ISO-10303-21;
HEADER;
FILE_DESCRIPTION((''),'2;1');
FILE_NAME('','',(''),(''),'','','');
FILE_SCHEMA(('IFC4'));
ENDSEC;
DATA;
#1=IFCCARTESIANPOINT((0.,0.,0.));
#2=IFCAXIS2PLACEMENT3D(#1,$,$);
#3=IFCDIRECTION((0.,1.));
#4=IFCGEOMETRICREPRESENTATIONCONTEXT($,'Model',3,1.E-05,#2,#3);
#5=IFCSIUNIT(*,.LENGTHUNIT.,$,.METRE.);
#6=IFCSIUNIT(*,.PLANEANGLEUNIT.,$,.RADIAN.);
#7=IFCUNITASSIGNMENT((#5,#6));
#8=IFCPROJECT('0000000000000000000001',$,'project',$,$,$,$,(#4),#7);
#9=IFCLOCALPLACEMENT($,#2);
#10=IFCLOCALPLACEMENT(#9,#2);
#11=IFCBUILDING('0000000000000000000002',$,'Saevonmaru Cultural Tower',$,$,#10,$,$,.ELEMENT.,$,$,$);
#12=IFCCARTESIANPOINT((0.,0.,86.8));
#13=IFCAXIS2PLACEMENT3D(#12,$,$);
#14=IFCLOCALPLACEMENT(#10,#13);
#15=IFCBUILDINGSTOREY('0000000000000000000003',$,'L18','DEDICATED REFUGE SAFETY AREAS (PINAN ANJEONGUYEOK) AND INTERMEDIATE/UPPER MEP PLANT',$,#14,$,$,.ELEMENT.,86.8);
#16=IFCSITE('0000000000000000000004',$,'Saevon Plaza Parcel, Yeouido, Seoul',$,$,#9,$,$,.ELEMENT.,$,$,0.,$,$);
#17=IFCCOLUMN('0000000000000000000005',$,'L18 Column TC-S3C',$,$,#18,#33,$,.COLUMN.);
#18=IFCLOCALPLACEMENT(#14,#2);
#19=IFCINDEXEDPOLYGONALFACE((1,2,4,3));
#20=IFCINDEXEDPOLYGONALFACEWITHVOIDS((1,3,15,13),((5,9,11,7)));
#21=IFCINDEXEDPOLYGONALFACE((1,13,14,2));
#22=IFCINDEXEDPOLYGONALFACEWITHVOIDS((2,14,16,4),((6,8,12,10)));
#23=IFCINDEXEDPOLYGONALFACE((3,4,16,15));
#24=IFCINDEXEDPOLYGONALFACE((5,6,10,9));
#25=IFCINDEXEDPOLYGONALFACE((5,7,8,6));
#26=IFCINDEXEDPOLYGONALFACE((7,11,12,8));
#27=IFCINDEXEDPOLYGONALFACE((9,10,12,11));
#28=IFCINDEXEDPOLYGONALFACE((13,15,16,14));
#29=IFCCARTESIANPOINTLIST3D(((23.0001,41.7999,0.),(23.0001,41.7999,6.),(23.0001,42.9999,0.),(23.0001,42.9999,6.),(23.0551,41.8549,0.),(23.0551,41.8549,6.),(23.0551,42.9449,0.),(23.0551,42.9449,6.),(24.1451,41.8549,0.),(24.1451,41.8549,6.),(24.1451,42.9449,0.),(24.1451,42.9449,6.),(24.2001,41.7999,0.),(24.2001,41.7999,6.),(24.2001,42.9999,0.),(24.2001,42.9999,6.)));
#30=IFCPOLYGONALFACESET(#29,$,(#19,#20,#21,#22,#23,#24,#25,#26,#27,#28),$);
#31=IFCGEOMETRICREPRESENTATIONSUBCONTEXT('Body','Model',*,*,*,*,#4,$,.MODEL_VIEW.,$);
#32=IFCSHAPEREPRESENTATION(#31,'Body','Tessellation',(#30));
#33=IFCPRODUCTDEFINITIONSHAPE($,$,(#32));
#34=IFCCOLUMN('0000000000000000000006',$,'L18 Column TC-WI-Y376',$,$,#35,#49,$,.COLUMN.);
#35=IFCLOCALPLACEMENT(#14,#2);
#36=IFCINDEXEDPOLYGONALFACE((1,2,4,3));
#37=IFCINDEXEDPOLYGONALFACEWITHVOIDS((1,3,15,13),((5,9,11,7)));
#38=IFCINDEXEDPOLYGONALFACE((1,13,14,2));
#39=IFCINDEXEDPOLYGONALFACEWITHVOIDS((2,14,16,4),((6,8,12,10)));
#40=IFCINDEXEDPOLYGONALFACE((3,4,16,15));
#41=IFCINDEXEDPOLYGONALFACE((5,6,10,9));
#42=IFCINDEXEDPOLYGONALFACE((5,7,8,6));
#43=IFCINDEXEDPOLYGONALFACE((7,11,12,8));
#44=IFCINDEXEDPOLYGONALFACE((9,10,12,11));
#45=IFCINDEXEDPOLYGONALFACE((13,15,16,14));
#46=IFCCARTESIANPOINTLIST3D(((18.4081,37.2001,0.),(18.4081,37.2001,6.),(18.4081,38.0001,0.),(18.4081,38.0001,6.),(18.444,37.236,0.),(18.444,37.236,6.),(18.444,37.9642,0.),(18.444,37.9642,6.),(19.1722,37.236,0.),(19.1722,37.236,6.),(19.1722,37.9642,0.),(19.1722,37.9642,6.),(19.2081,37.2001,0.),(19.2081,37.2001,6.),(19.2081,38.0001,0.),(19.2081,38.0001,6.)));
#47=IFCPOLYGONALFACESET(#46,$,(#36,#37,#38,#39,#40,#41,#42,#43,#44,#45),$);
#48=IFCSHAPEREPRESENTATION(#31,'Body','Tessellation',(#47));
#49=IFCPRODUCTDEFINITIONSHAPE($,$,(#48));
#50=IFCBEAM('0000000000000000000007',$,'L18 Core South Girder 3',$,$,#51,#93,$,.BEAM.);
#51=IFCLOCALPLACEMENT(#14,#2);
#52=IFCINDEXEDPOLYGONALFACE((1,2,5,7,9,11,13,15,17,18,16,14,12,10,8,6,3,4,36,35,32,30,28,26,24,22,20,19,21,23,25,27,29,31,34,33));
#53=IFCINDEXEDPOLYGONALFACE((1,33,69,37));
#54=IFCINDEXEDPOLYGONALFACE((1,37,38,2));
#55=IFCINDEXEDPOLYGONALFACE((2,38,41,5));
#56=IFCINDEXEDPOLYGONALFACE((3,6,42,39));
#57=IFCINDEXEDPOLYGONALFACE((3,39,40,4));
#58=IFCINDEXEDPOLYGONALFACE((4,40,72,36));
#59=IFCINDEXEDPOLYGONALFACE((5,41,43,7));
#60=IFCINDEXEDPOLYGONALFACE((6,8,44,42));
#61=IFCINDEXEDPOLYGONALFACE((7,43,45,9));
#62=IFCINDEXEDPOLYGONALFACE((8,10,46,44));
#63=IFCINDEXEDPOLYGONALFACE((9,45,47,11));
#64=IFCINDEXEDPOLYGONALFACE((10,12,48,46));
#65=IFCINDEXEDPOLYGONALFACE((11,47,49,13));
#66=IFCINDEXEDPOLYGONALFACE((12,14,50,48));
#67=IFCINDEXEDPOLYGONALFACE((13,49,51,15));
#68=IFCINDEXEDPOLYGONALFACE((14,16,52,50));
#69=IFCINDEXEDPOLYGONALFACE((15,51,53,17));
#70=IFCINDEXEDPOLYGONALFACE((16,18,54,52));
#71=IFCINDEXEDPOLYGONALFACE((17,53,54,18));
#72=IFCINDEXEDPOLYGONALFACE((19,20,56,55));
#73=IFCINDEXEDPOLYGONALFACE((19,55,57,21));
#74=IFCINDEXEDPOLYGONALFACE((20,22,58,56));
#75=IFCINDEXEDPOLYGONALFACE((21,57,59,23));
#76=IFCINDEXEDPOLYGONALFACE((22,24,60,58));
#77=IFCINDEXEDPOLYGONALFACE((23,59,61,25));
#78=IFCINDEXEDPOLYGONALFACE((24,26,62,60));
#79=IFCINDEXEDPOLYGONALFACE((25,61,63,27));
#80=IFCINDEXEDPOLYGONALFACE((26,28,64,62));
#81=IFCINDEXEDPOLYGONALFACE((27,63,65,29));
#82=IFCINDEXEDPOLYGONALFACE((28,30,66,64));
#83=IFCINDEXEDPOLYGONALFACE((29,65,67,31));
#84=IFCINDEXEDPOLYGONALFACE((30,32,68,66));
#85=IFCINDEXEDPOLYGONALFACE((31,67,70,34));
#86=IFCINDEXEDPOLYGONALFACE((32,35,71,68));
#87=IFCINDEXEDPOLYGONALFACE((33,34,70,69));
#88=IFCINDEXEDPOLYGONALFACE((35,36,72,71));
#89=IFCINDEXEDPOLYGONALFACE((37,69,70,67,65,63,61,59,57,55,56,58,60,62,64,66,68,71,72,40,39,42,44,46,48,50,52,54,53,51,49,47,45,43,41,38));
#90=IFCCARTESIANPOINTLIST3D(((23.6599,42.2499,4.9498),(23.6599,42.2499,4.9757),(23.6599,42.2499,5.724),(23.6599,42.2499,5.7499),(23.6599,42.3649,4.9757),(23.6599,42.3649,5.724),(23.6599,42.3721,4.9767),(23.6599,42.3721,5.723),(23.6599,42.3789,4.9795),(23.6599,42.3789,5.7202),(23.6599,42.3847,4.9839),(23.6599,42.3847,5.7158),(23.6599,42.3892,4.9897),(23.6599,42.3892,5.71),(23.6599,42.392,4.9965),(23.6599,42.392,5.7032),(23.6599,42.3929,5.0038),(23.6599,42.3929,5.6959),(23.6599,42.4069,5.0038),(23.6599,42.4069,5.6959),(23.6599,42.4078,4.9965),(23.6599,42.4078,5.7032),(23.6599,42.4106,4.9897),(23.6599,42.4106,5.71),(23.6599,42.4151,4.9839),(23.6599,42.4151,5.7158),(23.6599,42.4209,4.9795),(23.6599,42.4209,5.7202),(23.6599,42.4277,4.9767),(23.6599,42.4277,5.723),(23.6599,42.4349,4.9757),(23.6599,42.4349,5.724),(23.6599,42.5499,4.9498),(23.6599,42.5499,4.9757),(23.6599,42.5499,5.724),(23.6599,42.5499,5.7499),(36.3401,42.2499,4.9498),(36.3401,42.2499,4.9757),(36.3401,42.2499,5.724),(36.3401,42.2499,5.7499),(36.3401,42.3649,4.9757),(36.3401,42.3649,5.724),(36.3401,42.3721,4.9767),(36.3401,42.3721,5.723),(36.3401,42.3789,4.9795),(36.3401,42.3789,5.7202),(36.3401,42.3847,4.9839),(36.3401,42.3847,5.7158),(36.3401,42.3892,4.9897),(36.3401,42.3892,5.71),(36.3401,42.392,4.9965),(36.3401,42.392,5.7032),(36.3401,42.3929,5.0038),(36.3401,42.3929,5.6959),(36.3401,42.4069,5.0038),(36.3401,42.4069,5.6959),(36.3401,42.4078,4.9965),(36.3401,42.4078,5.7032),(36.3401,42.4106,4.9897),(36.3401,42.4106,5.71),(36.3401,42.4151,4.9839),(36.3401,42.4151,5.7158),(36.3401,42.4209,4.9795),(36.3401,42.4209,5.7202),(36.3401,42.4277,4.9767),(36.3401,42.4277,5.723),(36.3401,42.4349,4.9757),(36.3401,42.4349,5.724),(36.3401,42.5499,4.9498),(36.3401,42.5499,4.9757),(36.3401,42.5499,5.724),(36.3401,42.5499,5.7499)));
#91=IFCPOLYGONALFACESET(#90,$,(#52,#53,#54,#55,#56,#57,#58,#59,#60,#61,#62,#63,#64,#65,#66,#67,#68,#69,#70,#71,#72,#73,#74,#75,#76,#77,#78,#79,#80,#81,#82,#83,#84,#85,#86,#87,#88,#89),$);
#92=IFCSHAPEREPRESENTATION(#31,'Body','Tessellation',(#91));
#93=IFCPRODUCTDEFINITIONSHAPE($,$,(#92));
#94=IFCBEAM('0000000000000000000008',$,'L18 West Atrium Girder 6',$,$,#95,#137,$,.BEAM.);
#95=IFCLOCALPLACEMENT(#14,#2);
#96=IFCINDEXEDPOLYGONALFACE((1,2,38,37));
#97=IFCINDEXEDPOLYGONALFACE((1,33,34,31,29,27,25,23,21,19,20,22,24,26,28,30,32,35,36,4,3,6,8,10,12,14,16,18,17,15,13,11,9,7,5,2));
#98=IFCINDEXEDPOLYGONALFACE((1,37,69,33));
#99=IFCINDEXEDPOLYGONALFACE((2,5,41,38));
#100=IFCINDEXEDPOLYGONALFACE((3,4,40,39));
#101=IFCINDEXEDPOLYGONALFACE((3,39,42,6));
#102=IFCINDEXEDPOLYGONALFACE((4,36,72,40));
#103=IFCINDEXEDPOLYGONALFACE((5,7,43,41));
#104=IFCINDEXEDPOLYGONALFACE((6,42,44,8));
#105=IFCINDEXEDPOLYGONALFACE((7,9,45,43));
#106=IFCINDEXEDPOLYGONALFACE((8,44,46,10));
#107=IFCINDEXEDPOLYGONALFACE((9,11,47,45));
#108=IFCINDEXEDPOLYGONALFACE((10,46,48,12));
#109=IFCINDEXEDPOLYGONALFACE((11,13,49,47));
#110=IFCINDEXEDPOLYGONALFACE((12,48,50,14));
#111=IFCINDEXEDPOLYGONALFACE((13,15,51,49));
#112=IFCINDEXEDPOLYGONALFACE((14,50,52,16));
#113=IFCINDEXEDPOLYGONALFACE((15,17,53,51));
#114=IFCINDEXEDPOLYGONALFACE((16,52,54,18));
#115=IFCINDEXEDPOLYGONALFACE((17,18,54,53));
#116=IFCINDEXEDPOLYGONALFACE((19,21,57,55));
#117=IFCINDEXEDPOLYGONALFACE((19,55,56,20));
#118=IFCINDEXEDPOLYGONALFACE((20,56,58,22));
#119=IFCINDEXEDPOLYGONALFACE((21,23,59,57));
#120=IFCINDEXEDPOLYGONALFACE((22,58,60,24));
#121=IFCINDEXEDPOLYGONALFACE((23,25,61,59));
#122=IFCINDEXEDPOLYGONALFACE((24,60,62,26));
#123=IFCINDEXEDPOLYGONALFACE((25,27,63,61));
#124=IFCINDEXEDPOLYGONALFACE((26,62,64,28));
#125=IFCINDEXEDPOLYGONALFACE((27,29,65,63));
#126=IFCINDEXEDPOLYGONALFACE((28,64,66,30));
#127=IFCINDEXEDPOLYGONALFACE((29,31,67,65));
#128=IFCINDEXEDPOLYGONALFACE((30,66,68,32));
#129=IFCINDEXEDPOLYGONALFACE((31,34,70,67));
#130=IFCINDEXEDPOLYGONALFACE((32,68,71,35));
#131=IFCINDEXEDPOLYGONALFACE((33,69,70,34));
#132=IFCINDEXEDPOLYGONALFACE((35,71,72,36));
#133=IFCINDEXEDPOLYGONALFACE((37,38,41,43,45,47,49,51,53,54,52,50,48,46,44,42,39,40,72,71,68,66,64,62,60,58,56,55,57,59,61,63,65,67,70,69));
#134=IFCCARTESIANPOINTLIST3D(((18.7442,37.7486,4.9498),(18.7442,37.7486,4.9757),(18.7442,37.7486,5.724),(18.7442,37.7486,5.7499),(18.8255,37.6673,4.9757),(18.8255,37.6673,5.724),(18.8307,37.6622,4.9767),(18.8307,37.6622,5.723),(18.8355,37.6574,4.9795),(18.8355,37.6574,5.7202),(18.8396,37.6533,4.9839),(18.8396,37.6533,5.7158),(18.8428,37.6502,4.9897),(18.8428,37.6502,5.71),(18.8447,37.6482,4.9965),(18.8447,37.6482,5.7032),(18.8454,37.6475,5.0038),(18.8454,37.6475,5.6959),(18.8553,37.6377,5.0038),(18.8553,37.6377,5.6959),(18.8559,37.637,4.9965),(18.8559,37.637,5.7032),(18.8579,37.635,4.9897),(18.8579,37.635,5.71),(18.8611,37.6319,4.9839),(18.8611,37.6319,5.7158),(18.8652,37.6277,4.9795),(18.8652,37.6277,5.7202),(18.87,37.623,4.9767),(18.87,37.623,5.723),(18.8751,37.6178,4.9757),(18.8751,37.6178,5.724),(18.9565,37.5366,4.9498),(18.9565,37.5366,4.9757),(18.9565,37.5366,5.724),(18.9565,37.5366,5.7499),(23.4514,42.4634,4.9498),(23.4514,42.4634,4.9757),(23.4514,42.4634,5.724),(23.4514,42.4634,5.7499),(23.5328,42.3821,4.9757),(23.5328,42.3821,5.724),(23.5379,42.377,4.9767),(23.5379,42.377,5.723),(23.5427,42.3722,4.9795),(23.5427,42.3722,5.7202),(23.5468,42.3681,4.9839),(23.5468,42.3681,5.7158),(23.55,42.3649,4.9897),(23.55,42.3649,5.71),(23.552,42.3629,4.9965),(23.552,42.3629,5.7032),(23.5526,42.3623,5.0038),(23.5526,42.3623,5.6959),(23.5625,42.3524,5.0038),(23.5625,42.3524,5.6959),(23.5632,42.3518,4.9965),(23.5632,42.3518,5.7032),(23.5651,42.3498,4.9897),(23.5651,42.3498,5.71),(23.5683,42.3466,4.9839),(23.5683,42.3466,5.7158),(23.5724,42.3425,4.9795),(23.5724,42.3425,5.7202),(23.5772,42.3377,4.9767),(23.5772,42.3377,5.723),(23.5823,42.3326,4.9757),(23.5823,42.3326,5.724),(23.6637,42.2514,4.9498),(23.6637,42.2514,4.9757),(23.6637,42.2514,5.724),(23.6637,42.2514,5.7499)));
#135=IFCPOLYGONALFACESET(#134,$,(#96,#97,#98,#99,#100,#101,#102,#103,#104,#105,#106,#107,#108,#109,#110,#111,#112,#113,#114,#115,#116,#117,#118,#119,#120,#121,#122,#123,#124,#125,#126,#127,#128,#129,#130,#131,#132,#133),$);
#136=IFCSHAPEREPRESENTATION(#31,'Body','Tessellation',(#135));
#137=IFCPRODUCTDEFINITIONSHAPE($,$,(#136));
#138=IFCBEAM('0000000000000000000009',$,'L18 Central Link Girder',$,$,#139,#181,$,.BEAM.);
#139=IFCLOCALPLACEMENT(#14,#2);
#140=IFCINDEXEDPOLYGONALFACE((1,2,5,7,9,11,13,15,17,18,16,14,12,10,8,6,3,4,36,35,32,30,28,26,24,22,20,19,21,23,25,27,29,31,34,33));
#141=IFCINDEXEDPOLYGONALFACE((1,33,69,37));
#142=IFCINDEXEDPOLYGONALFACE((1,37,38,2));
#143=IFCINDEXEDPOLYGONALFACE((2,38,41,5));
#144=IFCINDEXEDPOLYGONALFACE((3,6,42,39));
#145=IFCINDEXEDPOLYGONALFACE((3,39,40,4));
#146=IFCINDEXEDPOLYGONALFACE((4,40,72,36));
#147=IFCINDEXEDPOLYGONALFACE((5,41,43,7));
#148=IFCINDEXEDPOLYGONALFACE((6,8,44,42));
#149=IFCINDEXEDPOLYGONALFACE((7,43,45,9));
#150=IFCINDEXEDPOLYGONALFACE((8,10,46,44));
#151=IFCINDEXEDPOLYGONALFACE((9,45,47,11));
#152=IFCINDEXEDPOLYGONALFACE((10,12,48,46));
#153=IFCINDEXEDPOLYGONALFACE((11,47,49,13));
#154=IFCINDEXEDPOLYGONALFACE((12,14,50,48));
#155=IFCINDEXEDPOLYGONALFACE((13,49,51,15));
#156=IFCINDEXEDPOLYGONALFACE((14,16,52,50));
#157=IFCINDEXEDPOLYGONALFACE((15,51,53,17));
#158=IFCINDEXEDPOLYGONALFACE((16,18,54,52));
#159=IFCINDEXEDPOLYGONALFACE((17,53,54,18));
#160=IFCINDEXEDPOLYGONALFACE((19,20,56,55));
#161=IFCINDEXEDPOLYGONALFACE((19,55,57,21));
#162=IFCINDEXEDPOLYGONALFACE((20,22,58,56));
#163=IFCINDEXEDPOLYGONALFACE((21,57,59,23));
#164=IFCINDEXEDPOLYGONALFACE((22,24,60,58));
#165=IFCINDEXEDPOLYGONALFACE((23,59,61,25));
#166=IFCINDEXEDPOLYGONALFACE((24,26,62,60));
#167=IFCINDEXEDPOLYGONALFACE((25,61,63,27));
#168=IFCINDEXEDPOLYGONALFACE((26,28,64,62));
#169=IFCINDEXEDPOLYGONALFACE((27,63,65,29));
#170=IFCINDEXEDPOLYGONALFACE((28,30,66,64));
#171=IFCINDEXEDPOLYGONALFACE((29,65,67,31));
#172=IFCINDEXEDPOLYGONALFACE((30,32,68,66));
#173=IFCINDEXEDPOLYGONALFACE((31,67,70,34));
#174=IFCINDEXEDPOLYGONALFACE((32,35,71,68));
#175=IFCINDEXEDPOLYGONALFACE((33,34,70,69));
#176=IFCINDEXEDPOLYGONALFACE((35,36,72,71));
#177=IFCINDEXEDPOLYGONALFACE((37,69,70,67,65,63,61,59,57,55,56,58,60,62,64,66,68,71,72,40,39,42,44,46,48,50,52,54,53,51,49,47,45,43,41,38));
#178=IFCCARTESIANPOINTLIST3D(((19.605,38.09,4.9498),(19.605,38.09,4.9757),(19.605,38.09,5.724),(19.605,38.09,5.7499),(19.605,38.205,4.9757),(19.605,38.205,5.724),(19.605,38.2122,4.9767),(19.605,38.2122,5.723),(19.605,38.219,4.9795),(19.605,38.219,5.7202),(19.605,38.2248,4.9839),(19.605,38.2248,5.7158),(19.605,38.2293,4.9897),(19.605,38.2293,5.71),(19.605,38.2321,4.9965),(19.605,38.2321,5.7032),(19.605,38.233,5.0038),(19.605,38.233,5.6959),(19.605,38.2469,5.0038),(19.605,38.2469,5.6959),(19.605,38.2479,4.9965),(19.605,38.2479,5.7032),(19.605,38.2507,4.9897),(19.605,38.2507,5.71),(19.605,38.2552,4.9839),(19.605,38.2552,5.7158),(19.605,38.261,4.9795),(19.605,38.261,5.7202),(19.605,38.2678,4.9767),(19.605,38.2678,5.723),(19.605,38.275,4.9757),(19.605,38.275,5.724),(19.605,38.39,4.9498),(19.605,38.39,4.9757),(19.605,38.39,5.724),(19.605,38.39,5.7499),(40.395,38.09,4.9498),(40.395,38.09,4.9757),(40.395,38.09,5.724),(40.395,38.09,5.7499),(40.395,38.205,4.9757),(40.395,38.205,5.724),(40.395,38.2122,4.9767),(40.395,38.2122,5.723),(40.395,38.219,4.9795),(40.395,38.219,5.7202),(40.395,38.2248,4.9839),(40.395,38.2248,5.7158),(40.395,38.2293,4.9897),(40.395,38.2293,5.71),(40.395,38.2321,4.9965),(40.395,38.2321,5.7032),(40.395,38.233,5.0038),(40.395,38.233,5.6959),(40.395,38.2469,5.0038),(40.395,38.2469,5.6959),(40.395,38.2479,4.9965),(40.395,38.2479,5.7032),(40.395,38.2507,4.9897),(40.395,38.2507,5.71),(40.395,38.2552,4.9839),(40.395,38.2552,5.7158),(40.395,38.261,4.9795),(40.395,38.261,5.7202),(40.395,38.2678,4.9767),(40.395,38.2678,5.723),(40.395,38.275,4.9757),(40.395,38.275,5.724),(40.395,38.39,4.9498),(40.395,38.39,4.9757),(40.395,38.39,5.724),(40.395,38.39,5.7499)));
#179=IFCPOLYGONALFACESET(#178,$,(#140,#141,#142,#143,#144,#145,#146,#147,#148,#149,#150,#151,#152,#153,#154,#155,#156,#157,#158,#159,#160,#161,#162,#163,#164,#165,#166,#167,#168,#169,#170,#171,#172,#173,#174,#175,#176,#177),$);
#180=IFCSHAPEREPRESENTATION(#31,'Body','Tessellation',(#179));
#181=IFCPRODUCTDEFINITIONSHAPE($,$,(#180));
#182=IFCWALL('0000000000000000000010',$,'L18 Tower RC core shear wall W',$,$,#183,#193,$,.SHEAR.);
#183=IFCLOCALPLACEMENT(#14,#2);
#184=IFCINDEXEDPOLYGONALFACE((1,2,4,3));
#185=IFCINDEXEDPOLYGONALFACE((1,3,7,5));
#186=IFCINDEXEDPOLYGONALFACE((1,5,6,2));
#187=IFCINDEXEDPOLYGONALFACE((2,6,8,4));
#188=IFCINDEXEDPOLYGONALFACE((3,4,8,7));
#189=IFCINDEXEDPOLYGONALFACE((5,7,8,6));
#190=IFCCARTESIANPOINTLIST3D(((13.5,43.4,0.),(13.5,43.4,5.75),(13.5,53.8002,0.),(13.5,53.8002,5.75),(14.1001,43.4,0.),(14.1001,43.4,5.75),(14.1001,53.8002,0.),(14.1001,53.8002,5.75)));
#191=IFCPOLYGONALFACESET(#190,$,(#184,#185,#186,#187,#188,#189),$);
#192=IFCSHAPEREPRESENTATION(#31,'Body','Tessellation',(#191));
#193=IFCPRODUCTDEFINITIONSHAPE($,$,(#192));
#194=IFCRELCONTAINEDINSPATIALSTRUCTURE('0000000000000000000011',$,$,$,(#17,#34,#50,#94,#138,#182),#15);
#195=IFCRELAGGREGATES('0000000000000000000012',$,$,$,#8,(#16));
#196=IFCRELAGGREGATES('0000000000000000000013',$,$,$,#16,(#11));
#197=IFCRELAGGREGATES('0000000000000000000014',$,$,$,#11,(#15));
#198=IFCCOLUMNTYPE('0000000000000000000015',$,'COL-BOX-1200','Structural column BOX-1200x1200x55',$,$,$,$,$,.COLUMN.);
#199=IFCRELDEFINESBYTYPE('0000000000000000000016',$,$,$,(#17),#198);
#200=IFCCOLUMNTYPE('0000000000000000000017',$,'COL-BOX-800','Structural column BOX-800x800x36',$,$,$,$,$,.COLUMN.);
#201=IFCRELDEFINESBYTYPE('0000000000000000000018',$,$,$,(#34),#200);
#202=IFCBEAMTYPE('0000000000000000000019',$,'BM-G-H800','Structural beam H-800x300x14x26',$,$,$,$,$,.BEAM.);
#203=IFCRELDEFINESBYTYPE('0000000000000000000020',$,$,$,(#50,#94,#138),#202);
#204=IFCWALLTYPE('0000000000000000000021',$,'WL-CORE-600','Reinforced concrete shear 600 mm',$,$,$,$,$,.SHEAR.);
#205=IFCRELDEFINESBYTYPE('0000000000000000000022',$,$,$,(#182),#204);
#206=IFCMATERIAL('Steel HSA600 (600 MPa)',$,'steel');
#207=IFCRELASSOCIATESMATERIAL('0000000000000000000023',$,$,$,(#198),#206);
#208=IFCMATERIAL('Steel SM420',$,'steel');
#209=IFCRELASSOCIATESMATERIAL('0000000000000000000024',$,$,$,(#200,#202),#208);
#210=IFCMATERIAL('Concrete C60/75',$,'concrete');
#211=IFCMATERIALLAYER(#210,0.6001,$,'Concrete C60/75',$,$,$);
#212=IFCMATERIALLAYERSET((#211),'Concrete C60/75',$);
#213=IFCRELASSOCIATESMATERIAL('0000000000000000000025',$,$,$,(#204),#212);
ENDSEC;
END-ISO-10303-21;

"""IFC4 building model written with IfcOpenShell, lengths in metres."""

from ifc_helpers import new_model, si_unit, direction, frame, frame_2d, origin, origin_2d, place, context, subcontext, project, spatial, rectangle, hollow_rectangle, i_section, extrude, material, layer, layer_set, material_profile, profile_set, type_object, element, save


model = new_model("IFC4")

# Units and contexts
model_context = context("Model", 3, precision=1e-05, world=origin(), true_north=direction((0.0, 1.0)))
body_context = subcontext(model_context, "Body", "Model", "MODEL_VIEW")
ifc_project = project(units=[si_unit("LENGTHUNIT", "METRE"), si_unit("PLANEANGLEUNIT", "RADIAN")], contexts=[model_context])

# Site, building, storey
site_placement = place(None, origin())
site = spatial("IfcSite", under=ifc_project, at=site_placement, Name="Saevon Plaza Parcel, Yeouido, Seoul", CompositionType="ELEMENT", RefElevation=0.0)
building_placement = place(site_placement, origin())
building = spatial("IfcBuilding", under=site, at=building_placement, Name="Saevonmaru Cultural Tower", CompositionType="ELEMENT")
storey_placement = place(building_placement, frame((0.0, 0.0, 86.8)))
storey = spatial("IfcBuildingStorey", under=building, at=storey_placement, Name="L18", Description="DEDICATED REFUGE SAFETY AREAS (PINAN ANJEONGUYEOK) AND INTERMEDIATE/UPPER MEP PLANT", CompositionType="ELEMENT", Elevation=86.8)

# Columns
ifc_material_1 = material(Name="Steel HSA600 (600 MPa)", Category="steel")
ifc_material_profile_1 = material_profile(ifc_material_1, hollow_rectangle(XDim=1.2, YDim=1.2, WallThickness=0.0549, at=origin_2d()), Name="BOX-1200x1200x55")
ifc_profile_set_1 = profile_set([ifc_material_profile_1], Name="Steel HSA600 (600 MPa)")
column_type_1 = type_object("IfcColumnType", Name="COL-BOX-1200", Description="Structural column BOX-1200x1200x55", PredefinedType="COLUMN", material=ifc_profile_set_1)
column_1_placement = place(storey_placement, frame((23.6001, 42.3999, 0.0), z_axis=(0.0, 0.0, 1.0), x_axis=(1.0, 0.0, 0.0)))
element("IfcColumn", 1, at=column_1_placement, inside=storey, type_object=column_type_1, Name="L18 Column TC-S3C", PredefinedType="COLUMN", context=body_context, shape_type="SweptSolid", body=[
    extrude(hollow_rectangle(XDim=1.2, YDim=1.2, WallThickness=0.0549, at=origin_2d()), origin(), (0.0, 0.0, 1.0), 6.0),
])
ifc_material_2 = material(Name="Steel SM420", Category="steel")
ifc_material_profile_2 = material_profile(ifc_material_2, hollow_rectangle(XDim=0.8, YDim=0.8, WallThickness=0.0359, at=origin_2d()), Name="BOX-800x800x36")
ifc_profile_set_2 = profile_set([ifc_material_profile_2], Name="Steel SM420")
column_type_2 = type_object("IfcColumnType", Name="COL-BOX-800", Description="Structural column BOX-800x800x36", PredefinedType="COLUMN", material=ifc_profile_set_2)
column_2_placement = place(storey_placement, frame((18.8081, 37.6001, 0.0), z_axis=(0.0, 0.0, 1.0), x_axis=(1.0, 0.0, 0.0)))
element("IfcColumn", 2, at=column_2_placement, inside=storey, type_object=column_type_2, Name="L18 Column TC-WI-Y376", PredefinedType="COLUMN", context=body_context, shape_type="SweptSolid", body=[
    extrude(hollow_rectangle(XDim=0.8, YDim=0.8, WallThickness=0.0359, at=origin_2d()), origin(), (0.0, 0.0, 1.0), 6.0),
])

# Beams
ifc_material_profile_3 = material_profile(ifc_material_2, i_section(OverallWidth=0.3, OverallDepth=0.8, WebThickness=0.0139, FlangeThickness=0.0259, FilletRadius=0.0281, at=origin_2d()), Name="H-800x300x14x26")
ifc_profile_set_3 = profile_set([ifc_material_profile_3], Name="Steel SM420")
beam_type = type_object("IfcBeamType", Name="BM-G-H800", Description="Structural beam H-800x300x14x26", PredefinedType="BEAM", material=ifc_profile_set_3)
beam_1_placement = place(storey_placement, frame((23.6599, 42.3999, 5.3499), z_axis=(1.0, 0.0, 0.0), x_axis=(0.0, 1.0, 0.0)))
element("IfcBeam", 3, at=beam_1_placement, inside=storey, type_object=beam_type, Name="L18 Core South Girder 3", PredefinedType="BEAM", context=body_context, shape_type="SweptSolid", body=[
    extrude(i_section(OverallWidth=0.3, OverallDepth=0.8, WebThickness=0.0139, FlangeThickness=0.0259, FilletRadius=0.0281, at=origin_2d()), origin(), (0.0, 0.0, 1.0), 12.6802),
])
beam_2_placement = place(storey_placement, frame((18.8503, 37.6426, 5.3499), z_axis=(0.706539, 0.707675, 0.0), x_axis=(-0.707675, 0.706539, 0.0)))
element("IfcBeam", 4, at=beam_2_placement, inside=storey, type_object=beam_type, Name="L18 West Atrium Girder 6", PredefinedType="BEAM", context=body_context, shape_type="SweptSolid", body=[
    extrude(i_section(OverallWidth=0.3, OverallDepth=0.8, WebThickness=0.0139, FlangeThickness=0.0259, FilletRadius=0.0281, at=origin_2d()), origin(), (0.0, 0.0, 1.0), 6.6624),
])
beam_3_placement = place(storey_placement, frame((19.605, 38.24, 5.3499), z_axis=(1.0, 0.0, 0.0), x_axis=(0.0, 1.0, 0.0)))
element("IfcBeam", 5, at=beam_3_placement, inside=storey, type_object=beam_type, Name="L18 Central Link Girder", PredefinedType="BEAM", context=body_context, shape_type="SweptSolid", body=[
    extrude(i_section(OverallWidth=0.3, OverallDepth=0.8, WebThickness=0.0139, FlangeThickness=0.0259, FilletRadius=0.0281, at=origin_2d()), origin(), (0.0, 0.0, 1.0), 20.79),
])

# Wall
ifc_material_3 = material(Name="Concrete C60/75", Category="concrete")
ifc_layer_1 = layer(ifc_material_3, 0.6001, Name="Concrete C60/75")
ifc_layer_set_1 = layer_set([ifc_layer_1], Name="Concrete C60/75")
wall_type_1 = type_object("IfcWallType", Name="WL-CORE-600", Description="Reinforced concrete shear 600 mm", PredefinedType="SHEAR", material=ifc_layer_set_1)
wall_1_placement = place(storey_placement, frame((13.8, 43.3999, 0.0), z_axis=(0.0, 0.0, 1.0), x_axis=(0.0, 1.0, 0.0)))
element("IfcWall", 6, at=wall_1_placement, inside=storey, type_object=wall_type_1, Name="L18 Tower RC core shear wall W", PredefinedType="SHEAR", context=body_context, shape_type="SweptSolid", body=[
    extrude(rectangle(XDim=10.4001, YDim=0.6001, at=frame_2d((5.2002, 0.0))), origin(), (0.0, 0.0, 1.0), 5.75),
])

save(model, "model.ifc")
